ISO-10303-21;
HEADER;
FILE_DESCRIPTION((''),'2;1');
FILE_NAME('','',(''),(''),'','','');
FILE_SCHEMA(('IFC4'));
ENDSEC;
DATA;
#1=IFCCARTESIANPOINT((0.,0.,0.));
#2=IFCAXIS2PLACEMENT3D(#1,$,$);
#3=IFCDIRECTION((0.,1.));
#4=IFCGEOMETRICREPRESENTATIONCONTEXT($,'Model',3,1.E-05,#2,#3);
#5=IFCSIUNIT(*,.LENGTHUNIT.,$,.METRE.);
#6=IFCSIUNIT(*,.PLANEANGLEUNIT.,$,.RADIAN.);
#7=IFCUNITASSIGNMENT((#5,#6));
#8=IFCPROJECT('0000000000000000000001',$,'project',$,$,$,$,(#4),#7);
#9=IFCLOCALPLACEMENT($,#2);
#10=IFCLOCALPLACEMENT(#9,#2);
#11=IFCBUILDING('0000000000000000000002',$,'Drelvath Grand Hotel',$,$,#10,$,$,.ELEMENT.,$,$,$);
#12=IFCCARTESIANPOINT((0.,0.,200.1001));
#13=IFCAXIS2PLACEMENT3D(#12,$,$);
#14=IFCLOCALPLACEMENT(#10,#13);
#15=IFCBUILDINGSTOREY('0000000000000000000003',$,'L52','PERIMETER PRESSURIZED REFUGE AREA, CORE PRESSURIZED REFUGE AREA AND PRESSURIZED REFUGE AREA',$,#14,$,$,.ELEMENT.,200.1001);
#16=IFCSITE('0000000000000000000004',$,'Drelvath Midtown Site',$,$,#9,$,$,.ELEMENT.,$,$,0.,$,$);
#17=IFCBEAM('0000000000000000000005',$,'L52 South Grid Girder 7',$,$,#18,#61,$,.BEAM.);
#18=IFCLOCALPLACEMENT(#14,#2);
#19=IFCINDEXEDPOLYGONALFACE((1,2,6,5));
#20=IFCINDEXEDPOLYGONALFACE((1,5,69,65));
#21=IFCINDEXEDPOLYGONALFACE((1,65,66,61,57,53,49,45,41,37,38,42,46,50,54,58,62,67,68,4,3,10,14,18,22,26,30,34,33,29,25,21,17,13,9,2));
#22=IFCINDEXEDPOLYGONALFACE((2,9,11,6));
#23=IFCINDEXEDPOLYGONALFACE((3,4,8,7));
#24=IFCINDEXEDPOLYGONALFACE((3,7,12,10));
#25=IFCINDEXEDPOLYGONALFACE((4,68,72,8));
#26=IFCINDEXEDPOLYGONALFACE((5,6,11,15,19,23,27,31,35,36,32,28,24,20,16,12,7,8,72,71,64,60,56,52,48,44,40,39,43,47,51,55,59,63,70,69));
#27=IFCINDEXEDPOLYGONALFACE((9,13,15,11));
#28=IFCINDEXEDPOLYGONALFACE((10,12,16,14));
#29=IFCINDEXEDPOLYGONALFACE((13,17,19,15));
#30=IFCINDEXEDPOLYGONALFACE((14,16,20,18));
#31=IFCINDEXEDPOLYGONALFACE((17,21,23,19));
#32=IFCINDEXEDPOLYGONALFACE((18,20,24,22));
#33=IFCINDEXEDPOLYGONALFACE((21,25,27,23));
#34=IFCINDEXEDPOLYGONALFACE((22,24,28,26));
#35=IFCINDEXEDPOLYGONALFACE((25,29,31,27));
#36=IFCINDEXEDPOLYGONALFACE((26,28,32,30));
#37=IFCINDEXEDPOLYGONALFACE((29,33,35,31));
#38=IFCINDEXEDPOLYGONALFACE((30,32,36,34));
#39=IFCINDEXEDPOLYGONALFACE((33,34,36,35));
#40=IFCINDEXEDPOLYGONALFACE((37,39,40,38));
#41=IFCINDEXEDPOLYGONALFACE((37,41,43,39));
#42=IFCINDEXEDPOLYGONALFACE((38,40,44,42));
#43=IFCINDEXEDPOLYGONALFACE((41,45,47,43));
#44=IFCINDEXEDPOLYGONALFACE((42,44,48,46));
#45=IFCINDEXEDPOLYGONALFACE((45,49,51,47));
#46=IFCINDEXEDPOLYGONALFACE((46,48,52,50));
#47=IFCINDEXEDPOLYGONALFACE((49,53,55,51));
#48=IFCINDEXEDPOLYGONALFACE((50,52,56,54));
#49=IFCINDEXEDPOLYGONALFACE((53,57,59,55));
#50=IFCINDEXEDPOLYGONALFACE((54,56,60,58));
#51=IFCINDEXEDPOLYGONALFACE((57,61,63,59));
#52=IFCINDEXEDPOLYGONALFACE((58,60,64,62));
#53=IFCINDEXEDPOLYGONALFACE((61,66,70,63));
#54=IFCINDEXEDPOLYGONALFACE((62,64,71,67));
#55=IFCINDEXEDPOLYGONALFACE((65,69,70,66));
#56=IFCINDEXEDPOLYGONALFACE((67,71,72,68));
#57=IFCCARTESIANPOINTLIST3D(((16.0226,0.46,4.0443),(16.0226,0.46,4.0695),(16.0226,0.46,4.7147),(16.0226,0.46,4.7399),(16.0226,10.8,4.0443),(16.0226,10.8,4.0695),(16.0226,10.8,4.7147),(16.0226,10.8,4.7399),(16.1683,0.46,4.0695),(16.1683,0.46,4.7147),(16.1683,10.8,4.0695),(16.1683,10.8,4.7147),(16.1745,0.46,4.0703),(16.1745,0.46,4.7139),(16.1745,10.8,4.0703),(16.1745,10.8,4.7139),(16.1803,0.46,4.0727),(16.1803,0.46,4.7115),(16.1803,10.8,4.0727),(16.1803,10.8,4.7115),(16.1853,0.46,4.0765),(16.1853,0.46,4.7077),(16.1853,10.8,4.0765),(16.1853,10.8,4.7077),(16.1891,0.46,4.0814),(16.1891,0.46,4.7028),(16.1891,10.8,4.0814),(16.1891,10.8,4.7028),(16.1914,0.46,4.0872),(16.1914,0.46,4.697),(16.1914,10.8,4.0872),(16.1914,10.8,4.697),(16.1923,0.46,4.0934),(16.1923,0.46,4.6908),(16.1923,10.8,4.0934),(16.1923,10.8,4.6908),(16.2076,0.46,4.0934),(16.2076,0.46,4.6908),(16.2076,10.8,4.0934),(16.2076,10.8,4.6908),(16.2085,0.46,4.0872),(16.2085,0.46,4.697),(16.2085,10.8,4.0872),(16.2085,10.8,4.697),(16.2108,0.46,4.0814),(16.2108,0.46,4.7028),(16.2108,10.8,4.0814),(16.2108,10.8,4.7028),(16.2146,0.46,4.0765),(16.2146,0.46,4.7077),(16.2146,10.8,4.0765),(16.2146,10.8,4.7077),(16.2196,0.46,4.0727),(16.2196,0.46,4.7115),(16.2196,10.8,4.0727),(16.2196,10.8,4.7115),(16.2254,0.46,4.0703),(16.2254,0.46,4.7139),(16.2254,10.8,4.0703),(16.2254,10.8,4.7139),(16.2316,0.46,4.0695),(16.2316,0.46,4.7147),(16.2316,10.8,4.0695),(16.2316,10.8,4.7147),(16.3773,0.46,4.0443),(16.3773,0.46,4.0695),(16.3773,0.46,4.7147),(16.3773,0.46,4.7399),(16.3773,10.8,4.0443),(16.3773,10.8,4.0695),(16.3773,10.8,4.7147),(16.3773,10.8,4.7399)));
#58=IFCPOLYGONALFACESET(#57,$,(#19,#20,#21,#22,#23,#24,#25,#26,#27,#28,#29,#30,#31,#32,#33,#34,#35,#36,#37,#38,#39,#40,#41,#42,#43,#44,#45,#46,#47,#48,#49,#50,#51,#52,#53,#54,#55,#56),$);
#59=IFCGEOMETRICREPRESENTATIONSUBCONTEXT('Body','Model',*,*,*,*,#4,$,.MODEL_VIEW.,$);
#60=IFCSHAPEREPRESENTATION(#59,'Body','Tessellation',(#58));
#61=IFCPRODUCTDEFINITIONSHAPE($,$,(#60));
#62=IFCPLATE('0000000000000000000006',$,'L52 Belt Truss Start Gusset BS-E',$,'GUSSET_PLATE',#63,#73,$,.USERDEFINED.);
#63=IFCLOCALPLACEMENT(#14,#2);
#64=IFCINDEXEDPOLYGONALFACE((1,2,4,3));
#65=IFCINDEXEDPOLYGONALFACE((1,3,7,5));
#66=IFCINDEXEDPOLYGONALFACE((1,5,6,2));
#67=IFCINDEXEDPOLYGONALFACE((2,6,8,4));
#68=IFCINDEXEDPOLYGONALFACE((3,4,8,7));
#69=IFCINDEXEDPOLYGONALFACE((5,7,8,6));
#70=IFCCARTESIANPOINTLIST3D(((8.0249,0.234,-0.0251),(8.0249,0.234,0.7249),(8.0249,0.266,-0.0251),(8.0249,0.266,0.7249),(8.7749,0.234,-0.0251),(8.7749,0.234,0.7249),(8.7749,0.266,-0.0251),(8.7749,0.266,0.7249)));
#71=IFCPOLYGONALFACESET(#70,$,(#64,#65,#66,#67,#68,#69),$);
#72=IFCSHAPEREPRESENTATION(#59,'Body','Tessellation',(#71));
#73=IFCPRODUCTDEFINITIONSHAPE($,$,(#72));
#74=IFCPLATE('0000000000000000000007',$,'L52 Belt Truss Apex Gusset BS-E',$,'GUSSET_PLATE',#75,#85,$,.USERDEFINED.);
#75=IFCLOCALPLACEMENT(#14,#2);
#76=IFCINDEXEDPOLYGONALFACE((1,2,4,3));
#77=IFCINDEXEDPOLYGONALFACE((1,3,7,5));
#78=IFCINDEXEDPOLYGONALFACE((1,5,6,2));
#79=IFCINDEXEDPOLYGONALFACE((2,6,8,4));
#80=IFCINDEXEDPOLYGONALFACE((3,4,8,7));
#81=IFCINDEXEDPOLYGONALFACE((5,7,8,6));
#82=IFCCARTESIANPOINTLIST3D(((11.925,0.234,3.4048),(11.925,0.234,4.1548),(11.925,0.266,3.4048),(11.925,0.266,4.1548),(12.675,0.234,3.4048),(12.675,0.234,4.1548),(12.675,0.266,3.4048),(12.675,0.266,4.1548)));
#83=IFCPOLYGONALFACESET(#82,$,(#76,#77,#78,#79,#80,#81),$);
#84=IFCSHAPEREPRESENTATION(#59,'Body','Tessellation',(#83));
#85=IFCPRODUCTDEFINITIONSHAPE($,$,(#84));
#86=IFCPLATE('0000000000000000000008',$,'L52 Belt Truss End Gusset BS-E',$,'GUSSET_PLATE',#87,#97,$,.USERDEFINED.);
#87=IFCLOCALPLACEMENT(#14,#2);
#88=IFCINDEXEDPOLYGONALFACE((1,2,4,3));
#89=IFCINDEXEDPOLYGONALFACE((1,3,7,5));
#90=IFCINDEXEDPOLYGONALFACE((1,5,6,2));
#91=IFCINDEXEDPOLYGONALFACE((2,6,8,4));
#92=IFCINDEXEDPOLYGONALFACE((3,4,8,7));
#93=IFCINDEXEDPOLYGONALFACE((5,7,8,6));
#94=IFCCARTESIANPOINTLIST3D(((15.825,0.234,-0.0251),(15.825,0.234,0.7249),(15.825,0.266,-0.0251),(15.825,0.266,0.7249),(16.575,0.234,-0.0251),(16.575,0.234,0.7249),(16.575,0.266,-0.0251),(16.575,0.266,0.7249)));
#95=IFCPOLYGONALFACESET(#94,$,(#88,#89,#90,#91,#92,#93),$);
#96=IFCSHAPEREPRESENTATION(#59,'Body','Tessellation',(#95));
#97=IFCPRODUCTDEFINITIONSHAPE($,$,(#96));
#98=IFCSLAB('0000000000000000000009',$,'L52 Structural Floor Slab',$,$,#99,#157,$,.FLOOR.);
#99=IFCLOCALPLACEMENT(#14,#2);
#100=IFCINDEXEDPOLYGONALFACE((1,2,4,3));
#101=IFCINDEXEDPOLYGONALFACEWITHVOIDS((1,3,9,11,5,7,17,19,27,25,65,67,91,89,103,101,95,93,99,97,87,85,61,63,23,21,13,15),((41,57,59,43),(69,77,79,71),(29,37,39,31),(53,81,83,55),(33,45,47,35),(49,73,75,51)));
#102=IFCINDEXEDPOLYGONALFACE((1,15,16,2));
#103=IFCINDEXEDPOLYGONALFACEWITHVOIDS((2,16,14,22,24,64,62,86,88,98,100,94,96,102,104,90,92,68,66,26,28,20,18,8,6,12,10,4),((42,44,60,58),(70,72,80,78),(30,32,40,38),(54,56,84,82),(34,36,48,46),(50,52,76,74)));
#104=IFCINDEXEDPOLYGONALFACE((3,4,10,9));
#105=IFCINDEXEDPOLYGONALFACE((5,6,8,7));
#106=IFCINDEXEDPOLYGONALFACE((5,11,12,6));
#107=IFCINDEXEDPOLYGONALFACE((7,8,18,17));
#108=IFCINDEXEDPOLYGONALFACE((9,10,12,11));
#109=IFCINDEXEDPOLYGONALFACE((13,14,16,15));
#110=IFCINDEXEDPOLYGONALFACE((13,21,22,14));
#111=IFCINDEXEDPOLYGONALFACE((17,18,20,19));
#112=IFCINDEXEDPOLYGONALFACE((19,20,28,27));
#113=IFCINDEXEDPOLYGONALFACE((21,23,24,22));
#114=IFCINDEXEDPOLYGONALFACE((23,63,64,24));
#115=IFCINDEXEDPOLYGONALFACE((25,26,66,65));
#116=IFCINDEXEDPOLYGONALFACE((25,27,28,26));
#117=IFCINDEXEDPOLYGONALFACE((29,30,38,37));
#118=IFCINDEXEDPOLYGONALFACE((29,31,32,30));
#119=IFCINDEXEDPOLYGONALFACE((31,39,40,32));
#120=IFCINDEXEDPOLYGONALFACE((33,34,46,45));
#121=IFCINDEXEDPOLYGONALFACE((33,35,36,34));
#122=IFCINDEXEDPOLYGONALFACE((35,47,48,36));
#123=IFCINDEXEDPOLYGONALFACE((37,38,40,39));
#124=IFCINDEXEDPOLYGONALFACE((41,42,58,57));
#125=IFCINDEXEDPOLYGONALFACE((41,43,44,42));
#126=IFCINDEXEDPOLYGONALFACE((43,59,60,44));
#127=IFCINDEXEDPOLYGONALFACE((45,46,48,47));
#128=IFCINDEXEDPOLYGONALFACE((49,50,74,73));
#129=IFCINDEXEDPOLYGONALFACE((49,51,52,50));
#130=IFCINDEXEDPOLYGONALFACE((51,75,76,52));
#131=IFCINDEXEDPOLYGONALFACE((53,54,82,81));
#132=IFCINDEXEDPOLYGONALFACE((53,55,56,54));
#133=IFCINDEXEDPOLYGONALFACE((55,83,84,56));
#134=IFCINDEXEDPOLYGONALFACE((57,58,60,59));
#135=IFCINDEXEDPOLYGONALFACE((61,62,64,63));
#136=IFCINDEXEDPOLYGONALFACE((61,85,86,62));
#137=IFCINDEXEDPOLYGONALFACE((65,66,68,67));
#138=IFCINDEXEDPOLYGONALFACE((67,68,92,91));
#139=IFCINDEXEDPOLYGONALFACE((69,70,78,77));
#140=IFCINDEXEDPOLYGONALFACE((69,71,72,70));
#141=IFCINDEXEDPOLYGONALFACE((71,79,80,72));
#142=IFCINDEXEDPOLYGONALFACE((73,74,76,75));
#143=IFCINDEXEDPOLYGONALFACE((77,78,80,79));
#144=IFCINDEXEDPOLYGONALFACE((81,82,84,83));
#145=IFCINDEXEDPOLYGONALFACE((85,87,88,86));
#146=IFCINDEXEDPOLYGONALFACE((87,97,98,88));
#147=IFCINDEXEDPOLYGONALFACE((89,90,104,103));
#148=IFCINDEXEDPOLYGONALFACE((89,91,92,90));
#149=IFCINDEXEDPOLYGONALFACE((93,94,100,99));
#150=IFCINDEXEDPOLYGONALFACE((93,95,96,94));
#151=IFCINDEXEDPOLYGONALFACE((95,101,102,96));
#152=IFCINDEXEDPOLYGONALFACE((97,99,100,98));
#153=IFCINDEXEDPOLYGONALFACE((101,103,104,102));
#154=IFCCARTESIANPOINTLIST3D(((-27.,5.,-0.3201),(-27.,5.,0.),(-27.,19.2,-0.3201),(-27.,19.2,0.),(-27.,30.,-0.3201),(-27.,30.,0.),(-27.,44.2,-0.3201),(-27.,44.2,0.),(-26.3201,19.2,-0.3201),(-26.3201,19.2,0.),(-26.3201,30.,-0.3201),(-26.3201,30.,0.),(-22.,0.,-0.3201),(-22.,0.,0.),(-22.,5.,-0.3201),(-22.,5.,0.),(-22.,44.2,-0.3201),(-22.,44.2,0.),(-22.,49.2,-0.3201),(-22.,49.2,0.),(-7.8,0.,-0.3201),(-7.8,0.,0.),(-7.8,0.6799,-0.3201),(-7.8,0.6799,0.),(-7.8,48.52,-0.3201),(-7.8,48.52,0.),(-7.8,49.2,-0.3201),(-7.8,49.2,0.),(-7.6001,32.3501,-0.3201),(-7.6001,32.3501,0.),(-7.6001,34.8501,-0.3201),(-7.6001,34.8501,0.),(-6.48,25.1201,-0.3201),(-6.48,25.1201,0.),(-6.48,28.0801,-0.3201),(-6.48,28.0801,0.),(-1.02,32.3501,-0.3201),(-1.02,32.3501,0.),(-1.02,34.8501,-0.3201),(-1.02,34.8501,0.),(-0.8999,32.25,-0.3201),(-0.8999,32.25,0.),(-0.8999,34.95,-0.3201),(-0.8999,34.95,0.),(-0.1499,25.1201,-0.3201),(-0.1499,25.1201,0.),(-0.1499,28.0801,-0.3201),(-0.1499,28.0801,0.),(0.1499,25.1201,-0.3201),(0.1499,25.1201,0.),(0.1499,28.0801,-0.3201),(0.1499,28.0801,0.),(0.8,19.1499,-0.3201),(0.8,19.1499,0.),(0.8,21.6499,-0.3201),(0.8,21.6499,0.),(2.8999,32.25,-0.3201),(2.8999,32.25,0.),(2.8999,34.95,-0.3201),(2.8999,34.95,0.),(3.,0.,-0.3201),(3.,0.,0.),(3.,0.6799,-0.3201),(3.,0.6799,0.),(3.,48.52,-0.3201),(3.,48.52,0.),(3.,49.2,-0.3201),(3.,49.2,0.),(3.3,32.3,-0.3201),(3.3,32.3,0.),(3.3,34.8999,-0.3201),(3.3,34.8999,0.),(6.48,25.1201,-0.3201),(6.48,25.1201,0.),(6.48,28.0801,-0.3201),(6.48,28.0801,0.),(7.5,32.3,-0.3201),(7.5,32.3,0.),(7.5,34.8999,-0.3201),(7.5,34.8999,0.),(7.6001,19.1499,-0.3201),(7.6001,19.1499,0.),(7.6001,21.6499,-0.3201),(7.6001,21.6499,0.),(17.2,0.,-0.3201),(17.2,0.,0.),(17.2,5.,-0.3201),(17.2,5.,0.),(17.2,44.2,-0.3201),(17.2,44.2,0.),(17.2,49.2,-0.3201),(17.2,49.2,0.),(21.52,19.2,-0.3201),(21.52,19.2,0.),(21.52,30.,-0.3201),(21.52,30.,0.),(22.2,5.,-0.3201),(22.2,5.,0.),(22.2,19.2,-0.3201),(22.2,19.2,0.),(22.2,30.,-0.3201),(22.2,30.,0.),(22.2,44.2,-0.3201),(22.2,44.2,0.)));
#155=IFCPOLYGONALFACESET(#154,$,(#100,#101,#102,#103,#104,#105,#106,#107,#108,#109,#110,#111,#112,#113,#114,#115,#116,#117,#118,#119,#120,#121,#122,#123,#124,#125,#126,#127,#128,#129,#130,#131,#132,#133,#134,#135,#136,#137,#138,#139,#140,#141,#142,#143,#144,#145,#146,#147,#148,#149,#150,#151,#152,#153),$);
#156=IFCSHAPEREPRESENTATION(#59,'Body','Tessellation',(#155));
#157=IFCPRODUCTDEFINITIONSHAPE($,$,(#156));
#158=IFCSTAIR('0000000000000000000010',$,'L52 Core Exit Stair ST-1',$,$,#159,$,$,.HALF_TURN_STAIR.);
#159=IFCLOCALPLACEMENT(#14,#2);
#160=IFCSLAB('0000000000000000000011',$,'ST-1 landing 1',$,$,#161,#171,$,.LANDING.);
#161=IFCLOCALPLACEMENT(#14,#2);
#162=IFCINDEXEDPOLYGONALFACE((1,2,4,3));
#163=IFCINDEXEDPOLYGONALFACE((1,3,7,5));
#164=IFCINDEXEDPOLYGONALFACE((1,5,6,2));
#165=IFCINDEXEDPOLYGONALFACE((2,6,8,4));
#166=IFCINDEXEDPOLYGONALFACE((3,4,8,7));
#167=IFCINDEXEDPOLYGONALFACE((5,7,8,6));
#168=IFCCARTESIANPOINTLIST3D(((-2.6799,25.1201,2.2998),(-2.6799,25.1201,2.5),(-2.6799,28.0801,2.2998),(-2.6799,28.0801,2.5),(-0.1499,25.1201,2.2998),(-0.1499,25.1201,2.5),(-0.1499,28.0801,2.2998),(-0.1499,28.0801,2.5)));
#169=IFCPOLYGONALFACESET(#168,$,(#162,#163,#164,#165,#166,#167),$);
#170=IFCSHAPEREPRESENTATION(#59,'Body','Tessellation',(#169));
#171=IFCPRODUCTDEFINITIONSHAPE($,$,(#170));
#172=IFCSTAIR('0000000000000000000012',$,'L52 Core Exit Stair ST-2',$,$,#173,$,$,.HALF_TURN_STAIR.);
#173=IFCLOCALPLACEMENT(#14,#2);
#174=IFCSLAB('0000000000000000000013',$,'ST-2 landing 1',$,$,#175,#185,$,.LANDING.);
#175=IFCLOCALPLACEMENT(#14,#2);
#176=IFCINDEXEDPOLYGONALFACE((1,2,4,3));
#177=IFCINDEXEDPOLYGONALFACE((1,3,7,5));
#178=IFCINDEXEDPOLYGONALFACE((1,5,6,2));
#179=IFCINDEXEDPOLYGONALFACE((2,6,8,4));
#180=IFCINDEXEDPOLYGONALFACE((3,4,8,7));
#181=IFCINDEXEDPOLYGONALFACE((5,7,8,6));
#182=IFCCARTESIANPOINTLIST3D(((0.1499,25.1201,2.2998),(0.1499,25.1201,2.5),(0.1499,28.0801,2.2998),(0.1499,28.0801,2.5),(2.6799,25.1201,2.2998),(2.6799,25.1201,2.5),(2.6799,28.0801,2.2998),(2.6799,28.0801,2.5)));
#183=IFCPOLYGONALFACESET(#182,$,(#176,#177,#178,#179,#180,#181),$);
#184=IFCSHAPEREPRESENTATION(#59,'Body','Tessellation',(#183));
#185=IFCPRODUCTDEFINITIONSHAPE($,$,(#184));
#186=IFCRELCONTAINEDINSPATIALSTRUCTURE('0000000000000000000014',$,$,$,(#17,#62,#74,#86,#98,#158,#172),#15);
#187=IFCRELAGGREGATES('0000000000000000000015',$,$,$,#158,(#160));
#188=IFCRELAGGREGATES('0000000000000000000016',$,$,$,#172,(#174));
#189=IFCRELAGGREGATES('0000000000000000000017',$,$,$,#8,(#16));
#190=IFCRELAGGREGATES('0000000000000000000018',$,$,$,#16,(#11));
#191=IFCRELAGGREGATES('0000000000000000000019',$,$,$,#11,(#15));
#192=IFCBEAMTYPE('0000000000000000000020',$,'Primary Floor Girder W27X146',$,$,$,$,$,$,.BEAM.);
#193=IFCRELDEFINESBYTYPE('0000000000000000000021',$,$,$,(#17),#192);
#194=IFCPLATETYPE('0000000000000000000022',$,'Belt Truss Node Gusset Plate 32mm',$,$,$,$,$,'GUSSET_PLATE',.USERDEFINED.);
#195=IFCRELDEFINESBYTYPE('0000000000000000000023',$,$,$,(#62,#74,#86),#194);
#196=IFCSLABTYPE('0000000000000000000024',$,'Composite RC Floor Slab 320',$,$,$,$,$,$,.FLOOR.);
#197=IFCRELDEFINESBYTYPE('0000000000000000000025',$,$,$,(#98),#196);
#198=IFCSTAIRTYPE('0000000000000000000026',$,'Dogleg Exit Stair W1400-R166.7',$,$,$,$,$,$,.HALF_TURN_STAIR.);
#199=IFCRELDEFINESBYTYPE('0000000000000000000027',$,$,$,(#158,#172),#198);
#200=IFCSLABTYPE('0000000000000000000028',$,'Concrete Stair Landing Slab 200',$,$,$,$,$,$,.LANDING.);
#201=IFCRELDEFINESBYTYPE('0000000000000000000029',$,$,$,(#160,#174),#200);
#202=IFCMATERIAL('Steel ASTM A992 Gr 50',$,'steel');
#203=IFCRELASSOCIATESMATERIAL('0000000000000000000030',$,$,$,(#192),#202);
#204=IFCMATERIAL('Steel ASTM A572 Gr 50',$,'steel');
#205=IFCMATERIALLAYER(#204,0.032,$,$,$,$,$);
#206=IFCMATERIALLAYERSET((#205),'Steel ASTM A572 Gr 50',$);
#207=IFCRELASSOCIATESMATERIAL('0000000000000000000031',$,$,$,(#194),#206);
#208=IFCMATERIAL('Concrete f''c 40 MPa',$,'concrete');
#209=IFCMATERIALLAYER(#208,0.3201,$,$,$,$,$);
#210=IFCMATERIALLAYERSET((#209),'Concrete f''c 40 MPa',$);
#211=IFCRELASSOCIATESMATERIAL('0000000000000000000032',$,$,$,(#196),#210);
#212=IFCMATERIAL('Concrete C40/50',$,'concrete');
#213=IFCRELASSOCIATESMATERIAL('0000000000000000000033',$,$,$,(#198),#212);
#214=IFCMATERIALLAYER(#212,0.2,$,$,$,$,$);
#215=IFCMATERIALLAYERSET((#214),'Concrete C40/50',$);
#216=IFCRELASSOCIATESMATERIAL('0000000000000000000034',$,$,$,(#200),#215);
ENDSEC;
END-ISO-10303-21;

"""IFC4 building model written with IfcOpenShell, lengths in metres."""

from ifc_helpers import new_model, si_unit, direction, frame, origin, origin_2d, place, context, subcontext, project, spatial, polyline, rectangle, i_section, outline, extrude, material, layer, layer_set, material_profile, profile_set, type_object, element, aggregate, save


model = new_model("IFC4")

# Units and contexts
model_context = context("Model", 3, precision=1e-05, world=origin(), true_north=direction((0.0, 1.0)))
body_context = subcontext(model_context, "Body", "Model", "MODEL_VIEW")
ifc_project = project(units=[si_unit("LENGTHUNIT", "METRE"), si_unit("PLANEANGLEUNIT", "RADIAN")], contexts=[model_context])

# Site, building, storey
site_placement = place(None, origin())
site = spatial("IfcSite", under=ifc_project, at=site_placement, Name="Drelvath Midtown Site", CompositionType="ELEMENT", RefElevation=0.0)
building_placement = place(site_placement, origin())
building = spatial("IfcBuilding", under=site, at=building_placement, Name="Drelvath Grand Hotel", CompositionType="ELEMENT")
storey_placement = place(building_placement, frame((0.0, 0.0, 200.1001)))
storey = spatial("IfcBuildingStorey", under=building, at=storey_placement, Name="L52", Description="PERIMETER PRESSURIZED REFUGE AREA, CORE PRESSURIZED REFUGE AREA AND PRESSURIZED REFUGE AREA", CompositionType="ELEMENT", Elevation=200.1001)

# Shared definitions
ifc_material_1 = material(Name="Steel ASTM A572 Gr 50", Category="steel")
ifc_material_2 = material(Name="Steel ASTM A992 Gr 50", Category="steel")

# Beam
ifc_material_profile_1 = material_profile(ifc_material_2, i_section(OverallWidth=0.3547, OverallDepth=0.6956, WebThickness=0.0154, FlangeThickness=0.0251, FilletRadius=0.0239, at=origin_2d()), Name="W27X146")
ifc_profile_set_1 = profile_set([ifc_material_profile_1], Name="Steel ASTM A992 Gr 50")
beam_type_1 = type_object("IfcBeamType", Name="Primary Floor Girder W27X146", PredefinedType="BEAM", material=ifc_profile_set_1)
beam_1_placement = place(storey_placement, frame((16.2, 0.46, 4.3921), z_axis=(0.0, 1.0, 0.0), x_axis=(-1.0, 0.0, 0.0)))
element("IfcBeam", 1, at=beam_1_placement, inside=storey, type_object=beam_type_1, Name="L52 South Grid Girder 7", PredefinedType="BEAM", context=body_context, shape_type="SweptSolid", body=[
    extrude(i_section(OverallWidth=0.3547, OverallDepth=0.6956, WebThickness=0.0154, FlangeThickness=0.0251, FilletRadius=0.0239, at=origin_2d()), origin(), (0.0, 0.0, 1.0), 10.3401),
])

# Plates
ifc_layer_1 = layer(ifc_material_1, 0.032)
ifc_layer_set_1 = layer_set([ifc_layer_1], Name="Steel ASTM A572 Gr 50")
plate_type_1 = type_object("IfcPlateType", Name="Belt Truss Node Gusset Plate 32mm", ElementType="GUSSET_PLATE", PredefinedType="USERDEFINED", material=ifc_layer_set_1)
for number, where, z_axis, x_axis, name in (
    (2, (8.3999, 0.25, -0.0251), (0.0, 0.0, 1.0), (1.0, 0.0, 0.0), "L52 Belt Truss Start Gusset BS-E"),
    (3, (12.3, 0.25, 3.4048), (0.0, 0.0, 1.0), (1.0, 0.0, 0.0), "L52 Belt Truss Apex Gusset BS-E"),
    (4, (16.2, 0.25, -0.0251), (0.0, 0.0, 1.0), (1.0, 0.0, 0.0), "L52 Belt Truss End Gusset BS-E"),
):
    element("IfcPlate", number, at=place(storey_placement, frame(where, z_axis=z_axis, x_axis=x_axis)), inside=storey, type_object=plate_type_1, Name=name, ObjectType="GUSSET_PLATE", PredefinedType="USERDEFINED", context=body_context, shape_type="SweptSolid", body=[
        extrude(rectangle(XDim=0.75, YDim=0.032, at=origin_2d()), origin(), (0.0, 0.0, 1.0), 0.75),
    ])

# Slab
ifc_material_3 = material(Name="Concrete f'c 40 MPa", Category="concrete")
ifc_layer_2 = layer(ifc_material_3, 0.3201)
ifc_layer_set_2 = layer_set([ifc_layer_2], Name="Concrete f'c 40 MPa")
slab_type_1 = type_object("IfcSlabType", Name="Composite RC Floor Slab 320", PredefinedType="FLOOR", material=ifc_layer_set_2)
slab_1_placement = place(storey_placement, frame((0.0, 0.0, -0.3201)))
element("IfcSlab", 5, at=slab_1_placement, inside=storey, type_object=slab_type_1, Name="L52 Structural Floor Slab", PredefinedType="FLOOR", context=body_context, shape_type="SweptSolid", body=[
    extrude(outline(polyline([(-22.0, 0.0), (-7.8, 0.0), (-7.8, 0.6799), (3.0, 0.6799), (3.0, 0.0), (17.2, 0.0), (17.2, 5.0), (22.2, 5.0), (22.2, 19.2), (21.52, 19.2), (21.52, 30.0), (22.2, 30.0), (22.2, 44.2), (17.2, 44.2), (17.2, 49.2), (3.0, 49.2), (3.0, 48.52), (-7.8, 48.52), (-7.8, 49.2), (-22.0, 49.2), (-22.0, 44.2), (-27.0, 44.2), (-27.0, 30.0), (-26.3201, 30.0), (-26.3201, 19.2), (-27.0, 19.2), (-27.0, 5.0), (-22.0, 5.0), (-22.0, 0.0)]), holes=[polyline([(-6.48, 25.1201), (-6.48, 28.0801), (-0.1499, 28.0801), (-0.1499, 25.1201), (-6.48, 25.1201)]), polyline([(0.1499, 25.1201), (0.1499, 28.0801), (6.48, 28.0801), (6.48, 25.1201), (0.1499, 25.1201)]), polyline([(0.8, 19.1499), (0.8, 21.6499), (7.6001, 21.6499), (7.6001, 19.1499), (0.8, 19.1499)]), polyline([(-7.6001, 32.3501), (-7.6001, 34.8501), (-1.02, 34.8501), (-1.02, 32.3501), (-7.6001, 32.3501)]), polyline([(-0.8999, 32.25), (-0.8999, 34.95), (2.8999, 34.95), (2.8999, 32.25), (-0.8999, 32.25)]), polyline([(3.3, 32.3), (3.3, 34.8999), (7.5, 34.8999), (7.5, 32.3), (3.3, 32.3)])]), origin(), (0.0, 0.0, 1.0), 0.3201),
])

# Stairs, slabs
ifc_material_4 = material(Name="Concrete C40/50", Category="concrete")
stair_type = type_object("IfcStairType", Name="Dogleg Exit Stair W1400-R166.7", PredefinedType="HALF_TURN_STAIR", material=ifc_material_4)
stair_1_placement = place(storey_placement, origin())
stair_1 = element("IfcStair", 6, at=stair_1_placement, inside=storey, type_object=stair_type, Name="L52 Core Exit Stair ST-1", PredefinedType="HALF_TURN_STAIR")
ifc_layer_3 = layer(ifc_material_4, 0.2)
ifc_layer_set_3 = layer_set([ifc_layer_3], Name="Concrete C40/50")
slab_type_2 = type_object("IfcSlabType", Name="Concrete Stair Landing Slab 200", PredefinedType="LANDING", material=ifc_layer_set_3)
slab_2_placement = place(storey_placement, frame((0.0, 0.0, 2.2998)))
slab_2 = element("IfcSlab", 7, at=slab_2_placement, type_object=slab_type_2, Name="ST-1 landing 1", PredefinedType="LANDING", context=body_context, shape_type="SweptSolid", body=[
    extrude(outline(polyline([(-2.6799, 25.1201), (-0.1499, 25.1201), (-0.1499, 28.0801), (-2.6799, 28.0801), (-2.6799, 25.1201)])), origin(), (0.0, 0.0, 1.0), 0.2002),
])
aggregate(stair_1, [slab_2])
stair_2_placement = place(storey_placement, origin())
stair_2 = element("IfcStair", 8, at=stair_2_placement, inside=storey, type_object=stair_type, Name="L52 Core Exit Stair ST-2", PredefinedType="HALF_TURN_STAIR")
slab_3_placement = place(storey_placement, frame((0.0, 0.0, 2.2998)))
slab_3 = element("IfcSlab", 9, at=slab_3_placement, type_object=slab_type_2, Name="ST-2 landing 1", PredefinedType="LANDING", context=body_context, shape_type="SweptSolid", body=[
    extrude(outline(polyline([(2.6799, 28.0801), (0.1499, 28.0801), (0.1499, 25.1201), (2.6799, 25.1201), (2.6799, 28.0801)])), origin(), (0.0, 0.0, 1.0), 0.2002),
])
aggregate(stair_2, [slab_3])

save(model, "model.ifc")
